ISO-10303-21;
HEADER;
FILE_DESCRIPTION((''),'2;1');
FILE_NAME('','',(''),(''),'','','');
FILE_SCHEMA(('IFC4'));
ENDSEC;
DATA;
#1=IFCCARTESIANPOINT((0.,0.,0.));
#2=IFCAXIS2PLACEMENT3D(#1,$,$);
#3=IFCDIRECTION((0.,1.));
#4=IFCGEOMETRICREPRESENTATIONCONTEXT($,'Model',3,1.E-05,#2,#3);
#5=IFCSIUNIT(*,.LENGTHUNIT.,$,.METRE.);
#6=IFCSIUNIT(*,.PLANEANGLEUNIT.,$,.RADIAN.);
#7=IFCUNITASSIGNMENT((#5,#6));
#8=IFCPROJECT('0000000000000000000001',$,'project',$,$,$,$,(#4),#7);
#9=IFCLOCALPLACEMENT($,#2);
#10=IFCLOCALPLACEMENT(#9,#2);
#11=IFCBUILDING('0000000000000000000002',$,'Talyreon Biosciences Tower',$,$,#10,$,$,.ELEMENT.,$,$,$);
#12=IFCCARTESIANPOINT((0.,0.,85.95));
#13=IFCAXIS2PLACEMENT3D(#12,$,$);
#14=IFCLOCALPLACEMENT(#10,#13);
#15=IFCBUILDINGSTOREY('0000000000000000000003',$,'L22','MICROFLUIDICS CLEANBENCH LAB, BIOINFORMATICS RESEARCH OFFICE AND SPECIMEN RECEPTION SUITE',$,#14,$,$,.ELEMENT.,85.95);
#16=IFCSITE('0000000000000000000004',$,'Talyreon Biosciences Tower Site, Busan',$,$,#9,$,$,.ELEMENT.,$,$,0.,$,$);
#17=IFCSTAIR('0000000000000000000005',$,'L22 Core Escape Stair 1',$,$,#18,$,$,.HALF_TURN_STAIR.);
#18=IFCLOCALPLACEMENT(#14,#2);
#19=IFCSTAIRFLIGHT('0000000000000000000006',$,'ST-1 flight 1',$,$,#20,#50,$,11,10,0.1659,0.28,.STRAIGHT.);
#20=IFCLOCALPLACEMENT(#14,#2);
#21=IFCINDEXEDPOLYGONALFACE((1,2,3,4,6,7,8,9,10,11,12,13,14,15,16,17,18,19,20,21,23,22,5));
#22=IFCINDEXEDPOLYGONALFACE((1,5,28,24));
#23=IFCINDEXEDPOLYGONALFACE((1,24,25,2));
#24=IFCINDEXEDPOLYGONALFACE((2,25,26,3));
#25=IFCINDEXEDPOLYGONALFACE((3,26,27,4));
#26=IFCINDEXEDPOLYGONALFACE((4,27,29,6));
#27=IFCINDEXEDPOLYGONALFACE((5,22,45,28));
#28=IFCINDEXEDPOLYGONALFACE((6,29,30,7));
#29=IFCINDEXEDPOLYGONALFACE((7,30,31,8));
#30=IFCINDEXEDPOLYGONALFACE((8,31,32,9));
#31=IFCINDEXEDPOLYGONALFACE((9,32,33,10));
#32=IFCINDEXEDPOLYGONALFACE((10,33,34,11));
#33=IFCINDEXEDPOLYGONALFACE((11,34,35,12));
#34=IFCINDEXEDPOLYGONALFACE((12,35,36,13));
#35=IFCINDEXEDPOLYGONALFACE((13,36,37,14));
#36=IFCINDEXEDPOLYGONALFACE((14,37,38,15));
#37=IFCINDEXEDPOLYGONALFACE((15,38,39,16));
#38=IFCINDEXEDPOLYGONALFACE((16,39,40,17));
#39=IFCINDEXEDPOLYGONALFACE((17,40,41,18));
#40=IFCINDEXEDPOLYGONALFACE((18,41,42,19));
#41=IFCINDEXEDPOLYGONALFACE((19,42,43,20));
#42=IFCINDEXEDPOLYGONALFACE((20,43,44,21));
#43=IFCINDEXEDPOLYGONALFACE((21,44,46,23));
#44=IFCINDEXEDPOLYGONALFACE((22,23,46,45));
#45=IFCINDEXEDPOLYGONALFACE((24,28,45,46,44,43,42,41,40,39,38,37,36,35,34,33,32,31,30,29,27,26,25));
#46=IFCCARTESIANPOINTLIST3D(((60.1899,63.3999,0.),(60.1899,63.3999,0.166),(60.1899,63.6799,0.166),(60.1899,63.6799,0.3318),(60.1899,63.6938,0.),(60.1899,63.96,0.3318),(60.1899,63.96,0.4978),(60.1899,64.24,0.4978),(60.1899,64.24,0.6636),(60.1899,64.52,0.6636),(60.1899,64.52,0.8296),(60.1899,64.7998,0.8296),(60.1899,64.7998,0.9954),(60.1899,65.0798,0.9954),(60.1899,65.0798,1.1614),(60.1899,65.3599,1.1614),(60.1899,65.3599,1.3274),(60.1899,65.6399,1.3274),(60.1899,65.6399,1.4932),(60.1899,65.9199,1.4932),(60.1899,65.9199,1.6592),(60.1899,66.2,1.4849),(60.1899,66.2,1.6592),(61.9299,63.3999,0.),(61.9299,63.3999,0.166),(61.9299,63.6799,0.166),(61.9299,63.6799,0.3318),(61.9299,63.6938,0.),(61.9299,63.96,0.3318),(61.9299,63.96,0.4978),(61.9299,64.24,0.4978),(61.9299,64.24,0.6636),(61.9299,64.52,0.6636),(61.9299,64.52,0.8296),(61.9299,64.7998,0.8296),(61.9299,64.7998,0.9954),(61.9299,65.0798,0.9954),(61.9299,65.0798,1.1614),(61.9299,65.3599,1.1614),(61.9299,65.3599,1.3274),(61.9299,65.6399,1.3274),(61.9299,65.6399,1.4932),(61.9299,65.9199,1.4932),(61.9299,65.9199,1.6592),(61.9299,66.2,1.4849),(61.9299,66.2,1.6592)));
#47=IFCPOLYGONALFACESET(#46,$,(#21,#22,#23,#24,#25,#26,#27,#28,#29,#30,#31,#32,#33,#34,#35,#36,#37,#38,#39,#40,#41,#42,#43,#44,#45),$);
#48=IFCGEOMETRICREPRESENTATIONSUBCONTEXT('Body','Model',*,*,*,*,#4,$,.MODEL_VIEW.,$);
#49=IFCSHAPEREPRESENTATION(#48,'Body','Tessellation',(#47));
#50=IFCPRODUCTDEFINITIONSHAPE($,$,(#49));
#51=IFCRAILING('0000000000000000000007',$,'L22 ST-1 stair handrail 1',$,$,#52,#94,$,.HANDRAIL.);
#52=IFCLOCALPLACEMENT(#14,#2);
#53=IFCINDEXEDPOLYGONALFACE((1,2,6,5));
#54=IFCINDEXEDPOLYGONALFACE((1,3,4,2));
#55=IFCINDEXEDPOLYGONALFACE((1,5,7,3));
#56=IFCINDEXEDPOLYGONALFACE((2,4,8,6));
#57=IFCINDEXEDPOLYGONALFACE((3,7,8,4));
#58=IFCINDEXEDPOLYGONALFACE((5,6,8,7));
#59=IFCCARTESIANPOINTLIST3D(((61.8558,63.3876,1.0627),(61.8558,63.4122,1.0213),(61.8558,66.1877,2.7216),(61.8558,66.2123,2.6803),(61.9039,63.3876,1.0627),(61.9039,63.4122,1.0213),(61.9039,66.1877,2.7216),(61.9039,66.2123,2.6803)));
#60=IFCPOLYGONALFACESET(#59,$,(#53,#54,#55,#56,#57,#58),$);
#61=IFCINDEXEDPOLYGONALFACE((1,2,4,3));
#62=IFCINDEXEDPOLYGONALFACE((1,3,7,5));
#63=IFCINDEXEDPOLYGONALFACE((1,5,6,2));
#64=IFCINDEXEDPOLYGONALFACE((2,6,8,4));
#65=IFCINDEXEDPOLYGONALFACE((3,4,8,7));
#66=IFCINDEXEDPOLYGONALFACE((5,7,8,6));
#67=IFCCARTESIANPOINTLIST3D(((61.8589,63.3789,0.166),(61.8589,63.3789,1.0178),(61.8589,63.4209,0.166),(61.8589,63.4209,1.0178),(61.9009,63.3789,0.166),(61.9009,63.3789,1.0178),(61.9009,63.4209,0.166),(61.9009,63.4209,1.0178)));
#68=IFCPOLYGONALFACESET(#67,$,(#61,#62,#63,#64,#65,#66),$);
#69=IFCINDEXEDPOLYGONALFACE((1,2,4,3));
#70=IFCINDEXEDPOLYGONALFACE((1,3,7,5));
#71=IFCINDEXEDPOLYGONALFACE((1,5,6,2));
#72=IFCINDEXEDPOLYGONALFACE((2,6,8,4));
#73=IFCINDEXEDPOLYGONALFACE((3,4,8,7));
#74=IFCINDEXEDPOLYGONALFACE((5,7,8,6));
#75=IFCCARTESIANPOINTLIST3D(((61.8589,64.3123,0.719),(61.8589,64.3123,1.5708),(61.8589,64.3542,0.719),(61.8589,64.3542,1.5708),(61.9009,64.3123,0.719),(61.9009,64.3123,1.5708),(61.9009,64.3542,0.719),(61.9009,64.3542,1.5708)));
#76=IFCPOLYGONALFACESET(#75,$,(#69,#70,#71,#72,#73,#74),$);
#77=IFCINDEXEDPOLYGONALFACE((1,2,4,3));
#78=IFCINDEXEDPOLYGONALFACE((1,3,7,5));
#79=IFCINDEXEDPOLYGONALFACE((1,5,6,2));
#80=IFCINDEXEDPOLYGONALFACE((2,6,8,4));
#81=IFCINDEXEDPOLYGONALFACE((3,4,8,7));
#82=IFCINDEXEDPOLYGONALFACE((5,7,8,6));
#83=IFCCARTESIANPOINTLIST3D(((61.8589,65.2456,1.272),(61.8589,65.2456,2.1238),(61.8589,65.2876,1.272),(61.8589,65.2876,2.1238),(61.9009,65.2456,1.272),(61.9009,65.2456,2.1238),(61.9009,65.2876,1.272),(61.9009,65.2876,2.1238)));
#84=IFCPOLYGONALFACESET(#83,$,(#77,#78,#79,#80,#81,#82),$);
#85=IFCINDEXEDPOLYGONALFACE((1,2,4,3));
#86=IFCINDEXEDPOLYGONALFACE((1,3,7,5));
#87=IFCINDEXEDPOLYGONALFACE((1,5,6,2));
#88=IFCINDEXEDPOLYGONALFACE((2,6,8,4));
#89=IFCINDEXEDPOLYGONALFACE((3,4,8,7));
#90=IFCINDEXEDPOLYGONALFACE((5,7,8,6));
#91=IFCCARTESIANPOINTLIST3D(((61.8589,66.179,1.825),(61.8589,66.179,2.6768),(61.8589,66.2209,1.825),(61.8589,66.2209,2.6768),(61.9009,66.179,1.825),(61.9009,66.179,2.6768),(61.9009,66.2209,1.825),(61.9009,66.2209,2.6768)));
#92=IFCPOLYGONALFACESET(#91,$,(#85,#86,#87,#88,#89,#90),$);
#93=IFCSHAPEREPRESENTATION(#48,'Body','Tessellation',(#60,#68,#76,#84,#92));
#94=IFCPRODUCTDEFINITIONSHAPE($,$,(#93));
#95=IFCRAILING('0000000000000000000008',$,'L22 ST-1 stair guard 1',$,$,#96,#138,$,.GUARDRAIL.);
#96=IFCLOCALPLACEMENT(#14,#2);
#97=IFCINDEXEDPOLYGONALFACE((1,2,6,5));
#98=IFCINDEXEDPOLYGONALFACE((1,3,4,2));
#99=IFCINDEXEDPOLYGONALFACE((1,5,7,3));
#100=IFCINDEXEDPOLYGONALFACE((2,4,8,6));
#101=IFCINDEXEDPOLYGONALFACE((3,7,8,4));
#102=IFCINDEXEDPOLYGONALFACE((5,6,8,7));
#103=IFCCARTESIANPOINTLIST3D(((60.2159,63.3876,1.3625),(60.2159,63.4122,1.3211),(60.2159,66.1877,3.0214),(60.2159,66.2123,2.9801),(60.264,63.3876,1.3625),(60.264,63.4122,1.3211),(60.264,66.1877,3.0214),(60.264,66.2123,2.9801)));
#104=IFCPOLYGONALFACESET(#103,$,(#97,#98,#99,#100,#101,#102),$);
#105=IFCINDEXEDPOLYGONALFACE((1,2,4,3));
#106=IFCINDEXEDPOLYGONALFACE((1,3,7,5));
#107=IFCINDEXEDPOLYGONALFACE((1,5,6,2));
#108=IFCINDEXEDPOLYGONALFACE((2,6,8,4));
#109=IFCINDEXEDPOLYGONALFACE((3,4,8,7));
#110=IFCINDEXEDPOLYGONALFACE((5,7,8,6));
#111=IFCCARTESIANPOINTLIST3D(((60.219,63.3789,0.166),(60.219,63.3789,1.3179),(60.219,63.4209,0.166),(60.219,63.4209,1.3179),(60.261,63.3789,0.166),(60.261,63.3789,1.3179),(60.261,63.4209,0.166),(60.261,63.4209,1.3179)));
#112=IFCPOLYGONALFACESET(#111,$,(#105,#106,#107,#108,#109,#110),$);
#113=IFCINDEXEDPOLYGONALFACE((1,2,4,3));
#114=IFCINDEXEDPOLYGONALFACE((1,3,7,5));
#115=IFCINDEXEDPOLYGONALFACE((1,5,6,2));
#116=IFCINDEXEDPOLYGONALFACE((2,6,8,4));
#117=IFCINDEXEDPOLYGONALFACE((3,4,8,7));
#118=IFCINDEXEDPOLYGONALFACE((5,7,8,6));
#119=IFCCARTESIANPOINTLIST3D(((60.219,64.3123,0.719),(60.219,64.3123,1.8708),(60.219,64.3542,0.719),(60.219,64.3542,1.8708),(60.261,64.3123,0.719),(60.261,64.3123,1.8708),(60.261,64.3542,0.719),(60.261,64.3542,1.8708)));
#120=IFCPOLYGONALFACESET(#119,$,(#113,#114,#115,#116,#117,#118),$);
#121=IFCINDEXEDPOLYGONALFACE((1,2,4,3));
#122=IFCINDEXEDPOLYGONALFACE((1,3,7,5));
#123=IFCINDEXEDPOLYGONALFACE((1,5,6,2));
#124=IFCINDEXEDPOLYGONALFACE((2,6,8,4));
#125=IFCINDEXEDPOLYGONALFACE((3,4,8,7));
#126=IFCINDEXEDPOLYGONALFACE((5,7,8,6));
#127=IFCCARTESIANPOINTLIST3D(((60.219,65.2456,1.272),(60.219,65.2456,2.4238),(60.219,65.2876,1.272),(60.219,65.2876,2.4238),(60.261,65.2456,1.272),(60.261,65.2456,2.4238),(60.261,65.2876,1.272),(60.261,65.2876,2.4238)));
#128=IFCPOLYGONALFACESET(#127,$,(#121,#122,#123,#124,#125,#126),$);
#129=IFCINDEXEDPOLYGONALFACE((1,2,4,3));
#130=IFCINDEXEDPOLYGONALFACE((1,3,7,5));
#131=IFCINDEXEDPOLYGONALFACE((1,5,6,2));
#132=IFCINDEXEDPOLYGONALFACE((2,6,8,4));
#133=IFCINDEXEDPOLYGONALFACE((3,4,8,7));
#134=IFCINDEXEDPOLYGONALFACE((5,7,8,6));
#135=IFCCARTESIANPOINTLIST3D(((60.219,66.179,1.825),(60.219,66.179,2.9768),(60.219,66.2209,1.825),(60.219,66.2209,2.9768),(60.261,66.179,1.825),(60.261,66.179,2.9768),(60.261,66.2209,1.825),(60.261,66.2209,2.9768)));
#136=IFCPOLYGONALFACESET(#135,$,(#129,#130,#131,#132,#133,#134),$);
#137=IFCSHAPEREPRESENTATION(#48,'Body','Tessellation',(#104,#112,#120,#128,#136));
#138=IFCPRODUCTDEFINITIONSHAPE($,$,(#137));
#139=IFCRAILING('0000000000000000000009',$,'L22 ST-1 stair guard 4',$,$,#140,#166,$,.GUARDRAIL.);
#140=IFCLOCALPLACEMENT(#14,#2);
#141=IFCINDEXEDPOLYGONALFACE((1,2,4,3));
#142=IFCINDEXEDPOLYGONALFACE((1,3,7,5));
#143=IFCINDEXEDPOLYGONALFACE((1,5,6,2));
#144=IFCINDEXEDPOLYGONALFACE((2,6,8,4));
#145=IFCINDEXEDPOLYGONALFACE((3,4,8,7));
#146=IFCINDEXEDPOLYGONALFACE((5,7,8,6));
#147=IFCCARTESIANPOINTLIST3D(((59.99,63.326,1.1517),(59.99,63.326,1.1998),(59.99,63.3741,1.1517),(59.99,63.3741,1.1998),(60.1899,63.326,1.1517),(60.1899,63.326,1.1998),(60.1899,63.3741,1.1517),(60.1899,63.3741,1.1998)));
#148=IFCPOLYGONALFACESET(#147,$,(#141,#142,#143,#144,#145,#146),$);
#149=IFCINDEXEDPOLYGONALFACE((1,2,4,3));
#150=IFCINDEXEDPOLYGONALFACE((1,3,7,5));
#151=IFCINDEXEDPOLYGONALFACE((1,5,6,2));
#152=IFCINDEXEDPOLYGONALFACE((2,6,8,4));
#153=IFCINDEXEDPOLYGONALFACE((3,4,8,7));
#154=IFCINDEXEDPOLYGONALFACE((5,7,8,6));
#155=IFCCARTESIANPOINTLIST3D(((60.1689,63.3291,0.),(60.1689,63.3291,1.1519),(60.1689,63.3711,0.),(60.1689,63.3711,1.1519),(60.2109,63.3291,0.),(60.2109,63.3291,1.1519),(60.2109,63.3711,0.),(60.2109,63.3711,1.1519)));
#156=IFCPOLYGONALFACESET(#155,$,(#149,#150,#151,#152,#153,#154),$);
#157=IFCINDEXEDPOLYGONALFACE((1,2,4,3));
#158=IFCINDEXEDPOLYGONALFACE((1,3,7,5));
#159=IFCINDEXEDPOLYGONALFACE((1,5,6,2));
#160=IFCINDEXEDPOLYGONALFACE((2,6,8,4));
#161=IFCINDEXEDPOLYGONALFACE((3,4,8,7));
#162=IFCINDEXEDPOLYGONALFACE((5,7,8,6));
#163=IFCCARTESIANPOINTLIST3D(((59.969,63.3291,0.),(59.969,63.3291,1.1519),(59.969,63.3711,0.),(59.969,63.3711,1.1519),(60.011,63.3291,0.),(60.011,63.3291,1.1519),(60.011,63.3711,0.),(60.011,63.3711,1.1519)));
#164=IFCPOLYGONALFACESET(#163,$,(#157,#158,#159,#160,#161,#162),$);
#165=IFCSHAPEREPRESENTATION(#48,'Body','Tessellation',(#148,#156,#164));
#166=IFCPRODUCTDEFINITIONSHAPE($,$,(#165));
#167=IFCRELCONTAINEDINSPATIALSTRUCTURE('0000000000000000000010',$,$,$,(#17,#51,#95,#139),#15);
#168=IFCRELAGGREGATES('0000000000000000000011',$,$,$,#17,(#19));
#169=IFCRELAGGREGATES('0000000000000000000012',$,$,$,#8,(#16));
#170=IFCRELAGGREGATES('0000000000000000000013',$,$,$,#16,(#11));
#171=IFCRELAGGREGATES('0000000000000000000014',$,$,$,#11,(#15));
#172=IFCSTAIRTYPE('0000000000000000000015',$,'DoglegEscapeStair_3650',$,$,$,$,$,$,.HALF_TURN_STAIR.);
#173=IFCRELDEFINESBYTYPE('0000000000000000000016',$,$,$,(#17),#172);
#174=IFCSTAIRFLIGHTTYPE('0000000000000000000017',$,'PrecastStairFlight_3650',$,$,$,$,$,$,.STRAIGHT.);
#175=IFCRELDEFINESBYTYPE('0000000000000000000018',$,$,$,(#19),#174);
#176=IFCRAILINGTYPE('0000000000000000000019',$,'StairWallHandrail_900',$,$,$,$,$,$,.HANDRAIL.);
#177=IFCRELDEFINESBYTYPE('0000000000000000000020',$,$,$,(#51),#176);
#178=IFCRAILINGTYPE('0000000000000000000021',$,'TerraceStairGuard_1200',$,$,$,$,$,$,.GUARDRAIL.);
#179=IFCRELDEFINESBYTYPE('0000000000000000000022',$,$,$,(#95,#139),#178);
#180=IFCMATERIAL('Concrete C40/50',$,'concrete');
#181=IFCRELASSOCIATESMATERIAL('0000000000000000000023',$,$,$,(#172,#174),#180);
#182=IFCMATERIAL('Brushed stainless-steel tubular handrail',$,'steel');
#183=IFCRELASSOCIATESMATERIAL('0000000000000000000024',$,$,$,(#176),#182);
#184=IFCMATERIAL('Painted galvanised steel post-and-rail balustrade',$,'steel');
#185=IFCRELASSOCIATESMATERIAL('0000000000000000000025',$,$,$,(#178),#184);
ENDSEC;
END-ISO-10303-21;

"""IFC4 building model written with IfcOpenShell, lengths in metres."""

from ifc_helpers import new_model, si_unit, direction, frame, origin, origin_2d, place, context, subcontext, project, spatial, polyline, rectangle, outline, extrude, material, type_object, element, aggregate, save


model = new_model("IFC4")

# Units and contexts
model_context = context("Model", 3, precision=1e-05, world=origin(), true_north=direction((0.0, 1.0)))
body_context = subcontext(model_context, "Body", "Model", "MODEL_VIEW")
ifc_project = project(units=[si_unit("LENGTHUNIT", "METRE"), si_unit("PLANEANGLEUNIT", "RADIAN")], contexts=[model_context])

# Site, building, storey
site_placement = place(None, origin())
site = spatial("IfcSite", under=ifc_project, at=site_placement, Name="Talyreon Biosciences Tower Site, Busan", CompositionType="ELEMENT", RefElevation=0.0)
building_placement = place(site_placement, origin())
building = spatial("IfcBuilding", under=site, at=building_placement, Name="Talyreon Biosciences Tower", CompositionType="ELEMENT")
storey_placement = place(building_placement, frame((0.0, 0.0, 85.95)))
storey = spatial("IfcBuildingStorey", under=building, at=storey_placement, Name="L22", Description="MICROFLUIDICS CLEANBENCH LAB, BIOINFORMATICS RESEARCH OFFICE AND SPECIMEN RECEPTION SUITE", CompositionType="ELEMENT", Elevation=85.95)

# Stair, stair flight
ifc_material_1 = material(Name="Concrete C40/50", Category="concrete")
stair_type = type_object("IfcStairType", Name="DoglegEscapeStair_3650", PredefinedType="HALF_TURN_STAIR", material=ifc_material_1)
stair_placement = place(storey_placement, origin())
stair = element("IfcStair", 1, at=stair_placement, inside=storey, type_object=stair_type, Name="L22 Core Escape Stair 1", PredefinedType="HALF_TURN_STAIR")
stair_flight_type = type_object("IfcStairFlightType", Name="PrecastStairFlight_3650", PredefinedType="STRAIGHT", material=ifc_material_1)
stair_flight_placement = place(storey_placement, frame((61.0601, 63.3999, 0.0), z_axis=(0.0, 0.0, 1.0), x_axis=(0.0, 1.0, 0.0)))
stair_flight = element("IfcStairFlight", 2, at=stair_flight_placement, type_object=stair_flight_type, Name="ST-1 flight 1", NumberOfRisers=11, NumberOfTreads=10, PredefinedType="STRAIGHT", RiserHeight=0.1659, TreadLength=0.28, context=body_context, shape_type="SweptSolid", body=[
    extrude(outline(polyline([(0.0, 0.0), (0.0, 0.166), (0.28, 0.166), (0.28, 0.3318), (0.5601, 0.3318), (0.5601, 0.4978), (0.8401, 0.4978), (0.8401, 0.6636), (1.1201, 0.6636), (1.1201, 0.8296), (1.3999, 0.8296), (1.3999, 0.9954), (1.6799, 0.9954), (1.6799, 1.1614), (1.96, 1.1614), (1.96, 1.3274), (2.24, 1.3274), (2.24, 1.4932), (2.52, 1.4932), (2.52, 1.6592), (2.8, 1.6592), (2.8, 1.825), (2.8, 1.4849), (0.2939, 0.0), (0.0, 0.0)])), frame((0.0, 0.8701, 0.0), z_axis=(0.0, -1.0, 0.0), x_axis=(1.0, 0.0, 0.0)), (0.0, 0.0, 1.0), 1.74),
])
aggregate(stair, [stair_flight])

# Railings
ifc_material_2 = material(Name="Brushed stainless-steel tubular handrail", Category="steel")
railing_type_1 = type_object("IfcRailingType", Name="StairWallHandrail_900", PredefinedType="HANDRAIL", material=ifc_material_2)
railing_1_placement = place(storey_placement, frame((61.8799, 63.3999, 0.166)))
element("IfcRailing", 3, at=railing_1_placement, inside=storey, type_object=railing_type_1, Name="L22 ST-1 stair handrail 1", PredefinedType="HANDRAIL", context=body_context, shape_type="SweptSolid", body=[
    extrude(rectangle(XDim=0.0481, YDim=0.0481, at=origin_2d()), frame((0.0, 0.0, 0.876), z_axis=(0.0, 0.860339, 0.509722), x_axis=(-1.0, 0.0, 0.0)), (0.0, 0.0, 1.0), 3.2546),
    extrude(rectangle(XDim=0.042, YDim=0.042, at=origin_2d()), origin(), (0.0, 0.0, 1.0), 0.8518),
    extrude(rectangle(XDim=0.042, YDim=0.042, at=origin_2d()), frame((0.0, 0.9333, 0.553)), (0.0, 0.0, 1.0), 0.8518),
    extrude(rectangle(XDim=0.042, YDim=0.042, at=origin_2d()), frame((0.0, 1.8667, 1.106)), (0.0, 0.0, 1.0), 0.8518),
    extrude(rectangle(XDim=0.042, YDim=0.042, at=origin_2d()), frame((0.0, 2.8, 1.6589)), (0.0, 0.0, 1.0), 0.8518),
])
ifc_material_3 = material(Name="Painted galvanised steel post-and-rail balustrade", Category="steel")
railing_type_2 = type_object("IfcRailingType", Name="TerraceStairGuard_1200", PredefinedType="GUARDRAIL", material=ifc_material_3)
railing_2_placement = place(storey_placement, frame((60.24, 63.3999, 0.166)))
element("IfcRailing", 4, at=railing_2_placement, inside=storey, type_object=railing_type_2, Name="L22 ST-1 stair guard 1", PredefinedType="GUARDRAIL", context=body_context, shape_type="SweptSolid", body=[
    extrude(rectangle(XDim=0.0481, YDim=0.0481, at=origin_2d()), frame((0.0, 0.0, 1.1758), z_axis=(0.0, 0.860339, 0.509722), x_axis=(-1.0, 0.0, 0.0)), (0.0, 0.0, 1.0), 3.2546),
    extrude(rectangle(XDim=0.042, YDim=0.042, at=origin_2d()), origin(), (0.0, 0.0, 1.0), 1.1519),
    extrude(rectangle(XDim=0.042, YDim=0.042, at=origin_2d()), frame((0.0, 0.9333, 0.553)), (0.0, 0.0, 1.0), 1.1519),
    extrude(rectangle(XDim=0.042, YDim=0.042, at=origin_2d()), frame((0.0, 1.8667, 1.106)), (0.0, 0.0, 1.0), 1.1519),
    extrude(rectangle(XDim=0.042, YDim=0.042, at=origin_2d()), frame((0.0, 2.8, 1.6589)), (0.0, 0.0, 1.0), 1.1519),
])
railing_3_placement = place(storey_placement, frame((60.1899, 63.3501, 0.0)))
element("IfcRailing", 5, at=railing_3_placement, inside=storey, type_object=railing_type_2, Name="L22 ST-1 stair guard 4", PredefinedType="GUARDRAIL", context=body_context, shape_type="SweptSolid", body=[
    extrude(rectangle(XDim=0.0481, YDim=0.0481, at=origin_2d()), frame((0.0, 0.0, 1.1758), z_axis=(-1.0, 0.0, 0.0), x_axis=(0.0, -1.0, 0.0)), (0.0, 0.0, 1.0), 0.2),
    extrude(rectangle(XDim=0.042, YDim=0.042, at=origin_2d()), origin(), (0.0, 0.0, 1.0), 1.1519),
    extrude(rectangle(XDim=0.042, YDim=0.042, at=origin_2d()), frame((-0.2, 0.0, 0.0)), (0.0, 0.0, 1.0), 1.1519),
])

save(model, "model.ifc")
